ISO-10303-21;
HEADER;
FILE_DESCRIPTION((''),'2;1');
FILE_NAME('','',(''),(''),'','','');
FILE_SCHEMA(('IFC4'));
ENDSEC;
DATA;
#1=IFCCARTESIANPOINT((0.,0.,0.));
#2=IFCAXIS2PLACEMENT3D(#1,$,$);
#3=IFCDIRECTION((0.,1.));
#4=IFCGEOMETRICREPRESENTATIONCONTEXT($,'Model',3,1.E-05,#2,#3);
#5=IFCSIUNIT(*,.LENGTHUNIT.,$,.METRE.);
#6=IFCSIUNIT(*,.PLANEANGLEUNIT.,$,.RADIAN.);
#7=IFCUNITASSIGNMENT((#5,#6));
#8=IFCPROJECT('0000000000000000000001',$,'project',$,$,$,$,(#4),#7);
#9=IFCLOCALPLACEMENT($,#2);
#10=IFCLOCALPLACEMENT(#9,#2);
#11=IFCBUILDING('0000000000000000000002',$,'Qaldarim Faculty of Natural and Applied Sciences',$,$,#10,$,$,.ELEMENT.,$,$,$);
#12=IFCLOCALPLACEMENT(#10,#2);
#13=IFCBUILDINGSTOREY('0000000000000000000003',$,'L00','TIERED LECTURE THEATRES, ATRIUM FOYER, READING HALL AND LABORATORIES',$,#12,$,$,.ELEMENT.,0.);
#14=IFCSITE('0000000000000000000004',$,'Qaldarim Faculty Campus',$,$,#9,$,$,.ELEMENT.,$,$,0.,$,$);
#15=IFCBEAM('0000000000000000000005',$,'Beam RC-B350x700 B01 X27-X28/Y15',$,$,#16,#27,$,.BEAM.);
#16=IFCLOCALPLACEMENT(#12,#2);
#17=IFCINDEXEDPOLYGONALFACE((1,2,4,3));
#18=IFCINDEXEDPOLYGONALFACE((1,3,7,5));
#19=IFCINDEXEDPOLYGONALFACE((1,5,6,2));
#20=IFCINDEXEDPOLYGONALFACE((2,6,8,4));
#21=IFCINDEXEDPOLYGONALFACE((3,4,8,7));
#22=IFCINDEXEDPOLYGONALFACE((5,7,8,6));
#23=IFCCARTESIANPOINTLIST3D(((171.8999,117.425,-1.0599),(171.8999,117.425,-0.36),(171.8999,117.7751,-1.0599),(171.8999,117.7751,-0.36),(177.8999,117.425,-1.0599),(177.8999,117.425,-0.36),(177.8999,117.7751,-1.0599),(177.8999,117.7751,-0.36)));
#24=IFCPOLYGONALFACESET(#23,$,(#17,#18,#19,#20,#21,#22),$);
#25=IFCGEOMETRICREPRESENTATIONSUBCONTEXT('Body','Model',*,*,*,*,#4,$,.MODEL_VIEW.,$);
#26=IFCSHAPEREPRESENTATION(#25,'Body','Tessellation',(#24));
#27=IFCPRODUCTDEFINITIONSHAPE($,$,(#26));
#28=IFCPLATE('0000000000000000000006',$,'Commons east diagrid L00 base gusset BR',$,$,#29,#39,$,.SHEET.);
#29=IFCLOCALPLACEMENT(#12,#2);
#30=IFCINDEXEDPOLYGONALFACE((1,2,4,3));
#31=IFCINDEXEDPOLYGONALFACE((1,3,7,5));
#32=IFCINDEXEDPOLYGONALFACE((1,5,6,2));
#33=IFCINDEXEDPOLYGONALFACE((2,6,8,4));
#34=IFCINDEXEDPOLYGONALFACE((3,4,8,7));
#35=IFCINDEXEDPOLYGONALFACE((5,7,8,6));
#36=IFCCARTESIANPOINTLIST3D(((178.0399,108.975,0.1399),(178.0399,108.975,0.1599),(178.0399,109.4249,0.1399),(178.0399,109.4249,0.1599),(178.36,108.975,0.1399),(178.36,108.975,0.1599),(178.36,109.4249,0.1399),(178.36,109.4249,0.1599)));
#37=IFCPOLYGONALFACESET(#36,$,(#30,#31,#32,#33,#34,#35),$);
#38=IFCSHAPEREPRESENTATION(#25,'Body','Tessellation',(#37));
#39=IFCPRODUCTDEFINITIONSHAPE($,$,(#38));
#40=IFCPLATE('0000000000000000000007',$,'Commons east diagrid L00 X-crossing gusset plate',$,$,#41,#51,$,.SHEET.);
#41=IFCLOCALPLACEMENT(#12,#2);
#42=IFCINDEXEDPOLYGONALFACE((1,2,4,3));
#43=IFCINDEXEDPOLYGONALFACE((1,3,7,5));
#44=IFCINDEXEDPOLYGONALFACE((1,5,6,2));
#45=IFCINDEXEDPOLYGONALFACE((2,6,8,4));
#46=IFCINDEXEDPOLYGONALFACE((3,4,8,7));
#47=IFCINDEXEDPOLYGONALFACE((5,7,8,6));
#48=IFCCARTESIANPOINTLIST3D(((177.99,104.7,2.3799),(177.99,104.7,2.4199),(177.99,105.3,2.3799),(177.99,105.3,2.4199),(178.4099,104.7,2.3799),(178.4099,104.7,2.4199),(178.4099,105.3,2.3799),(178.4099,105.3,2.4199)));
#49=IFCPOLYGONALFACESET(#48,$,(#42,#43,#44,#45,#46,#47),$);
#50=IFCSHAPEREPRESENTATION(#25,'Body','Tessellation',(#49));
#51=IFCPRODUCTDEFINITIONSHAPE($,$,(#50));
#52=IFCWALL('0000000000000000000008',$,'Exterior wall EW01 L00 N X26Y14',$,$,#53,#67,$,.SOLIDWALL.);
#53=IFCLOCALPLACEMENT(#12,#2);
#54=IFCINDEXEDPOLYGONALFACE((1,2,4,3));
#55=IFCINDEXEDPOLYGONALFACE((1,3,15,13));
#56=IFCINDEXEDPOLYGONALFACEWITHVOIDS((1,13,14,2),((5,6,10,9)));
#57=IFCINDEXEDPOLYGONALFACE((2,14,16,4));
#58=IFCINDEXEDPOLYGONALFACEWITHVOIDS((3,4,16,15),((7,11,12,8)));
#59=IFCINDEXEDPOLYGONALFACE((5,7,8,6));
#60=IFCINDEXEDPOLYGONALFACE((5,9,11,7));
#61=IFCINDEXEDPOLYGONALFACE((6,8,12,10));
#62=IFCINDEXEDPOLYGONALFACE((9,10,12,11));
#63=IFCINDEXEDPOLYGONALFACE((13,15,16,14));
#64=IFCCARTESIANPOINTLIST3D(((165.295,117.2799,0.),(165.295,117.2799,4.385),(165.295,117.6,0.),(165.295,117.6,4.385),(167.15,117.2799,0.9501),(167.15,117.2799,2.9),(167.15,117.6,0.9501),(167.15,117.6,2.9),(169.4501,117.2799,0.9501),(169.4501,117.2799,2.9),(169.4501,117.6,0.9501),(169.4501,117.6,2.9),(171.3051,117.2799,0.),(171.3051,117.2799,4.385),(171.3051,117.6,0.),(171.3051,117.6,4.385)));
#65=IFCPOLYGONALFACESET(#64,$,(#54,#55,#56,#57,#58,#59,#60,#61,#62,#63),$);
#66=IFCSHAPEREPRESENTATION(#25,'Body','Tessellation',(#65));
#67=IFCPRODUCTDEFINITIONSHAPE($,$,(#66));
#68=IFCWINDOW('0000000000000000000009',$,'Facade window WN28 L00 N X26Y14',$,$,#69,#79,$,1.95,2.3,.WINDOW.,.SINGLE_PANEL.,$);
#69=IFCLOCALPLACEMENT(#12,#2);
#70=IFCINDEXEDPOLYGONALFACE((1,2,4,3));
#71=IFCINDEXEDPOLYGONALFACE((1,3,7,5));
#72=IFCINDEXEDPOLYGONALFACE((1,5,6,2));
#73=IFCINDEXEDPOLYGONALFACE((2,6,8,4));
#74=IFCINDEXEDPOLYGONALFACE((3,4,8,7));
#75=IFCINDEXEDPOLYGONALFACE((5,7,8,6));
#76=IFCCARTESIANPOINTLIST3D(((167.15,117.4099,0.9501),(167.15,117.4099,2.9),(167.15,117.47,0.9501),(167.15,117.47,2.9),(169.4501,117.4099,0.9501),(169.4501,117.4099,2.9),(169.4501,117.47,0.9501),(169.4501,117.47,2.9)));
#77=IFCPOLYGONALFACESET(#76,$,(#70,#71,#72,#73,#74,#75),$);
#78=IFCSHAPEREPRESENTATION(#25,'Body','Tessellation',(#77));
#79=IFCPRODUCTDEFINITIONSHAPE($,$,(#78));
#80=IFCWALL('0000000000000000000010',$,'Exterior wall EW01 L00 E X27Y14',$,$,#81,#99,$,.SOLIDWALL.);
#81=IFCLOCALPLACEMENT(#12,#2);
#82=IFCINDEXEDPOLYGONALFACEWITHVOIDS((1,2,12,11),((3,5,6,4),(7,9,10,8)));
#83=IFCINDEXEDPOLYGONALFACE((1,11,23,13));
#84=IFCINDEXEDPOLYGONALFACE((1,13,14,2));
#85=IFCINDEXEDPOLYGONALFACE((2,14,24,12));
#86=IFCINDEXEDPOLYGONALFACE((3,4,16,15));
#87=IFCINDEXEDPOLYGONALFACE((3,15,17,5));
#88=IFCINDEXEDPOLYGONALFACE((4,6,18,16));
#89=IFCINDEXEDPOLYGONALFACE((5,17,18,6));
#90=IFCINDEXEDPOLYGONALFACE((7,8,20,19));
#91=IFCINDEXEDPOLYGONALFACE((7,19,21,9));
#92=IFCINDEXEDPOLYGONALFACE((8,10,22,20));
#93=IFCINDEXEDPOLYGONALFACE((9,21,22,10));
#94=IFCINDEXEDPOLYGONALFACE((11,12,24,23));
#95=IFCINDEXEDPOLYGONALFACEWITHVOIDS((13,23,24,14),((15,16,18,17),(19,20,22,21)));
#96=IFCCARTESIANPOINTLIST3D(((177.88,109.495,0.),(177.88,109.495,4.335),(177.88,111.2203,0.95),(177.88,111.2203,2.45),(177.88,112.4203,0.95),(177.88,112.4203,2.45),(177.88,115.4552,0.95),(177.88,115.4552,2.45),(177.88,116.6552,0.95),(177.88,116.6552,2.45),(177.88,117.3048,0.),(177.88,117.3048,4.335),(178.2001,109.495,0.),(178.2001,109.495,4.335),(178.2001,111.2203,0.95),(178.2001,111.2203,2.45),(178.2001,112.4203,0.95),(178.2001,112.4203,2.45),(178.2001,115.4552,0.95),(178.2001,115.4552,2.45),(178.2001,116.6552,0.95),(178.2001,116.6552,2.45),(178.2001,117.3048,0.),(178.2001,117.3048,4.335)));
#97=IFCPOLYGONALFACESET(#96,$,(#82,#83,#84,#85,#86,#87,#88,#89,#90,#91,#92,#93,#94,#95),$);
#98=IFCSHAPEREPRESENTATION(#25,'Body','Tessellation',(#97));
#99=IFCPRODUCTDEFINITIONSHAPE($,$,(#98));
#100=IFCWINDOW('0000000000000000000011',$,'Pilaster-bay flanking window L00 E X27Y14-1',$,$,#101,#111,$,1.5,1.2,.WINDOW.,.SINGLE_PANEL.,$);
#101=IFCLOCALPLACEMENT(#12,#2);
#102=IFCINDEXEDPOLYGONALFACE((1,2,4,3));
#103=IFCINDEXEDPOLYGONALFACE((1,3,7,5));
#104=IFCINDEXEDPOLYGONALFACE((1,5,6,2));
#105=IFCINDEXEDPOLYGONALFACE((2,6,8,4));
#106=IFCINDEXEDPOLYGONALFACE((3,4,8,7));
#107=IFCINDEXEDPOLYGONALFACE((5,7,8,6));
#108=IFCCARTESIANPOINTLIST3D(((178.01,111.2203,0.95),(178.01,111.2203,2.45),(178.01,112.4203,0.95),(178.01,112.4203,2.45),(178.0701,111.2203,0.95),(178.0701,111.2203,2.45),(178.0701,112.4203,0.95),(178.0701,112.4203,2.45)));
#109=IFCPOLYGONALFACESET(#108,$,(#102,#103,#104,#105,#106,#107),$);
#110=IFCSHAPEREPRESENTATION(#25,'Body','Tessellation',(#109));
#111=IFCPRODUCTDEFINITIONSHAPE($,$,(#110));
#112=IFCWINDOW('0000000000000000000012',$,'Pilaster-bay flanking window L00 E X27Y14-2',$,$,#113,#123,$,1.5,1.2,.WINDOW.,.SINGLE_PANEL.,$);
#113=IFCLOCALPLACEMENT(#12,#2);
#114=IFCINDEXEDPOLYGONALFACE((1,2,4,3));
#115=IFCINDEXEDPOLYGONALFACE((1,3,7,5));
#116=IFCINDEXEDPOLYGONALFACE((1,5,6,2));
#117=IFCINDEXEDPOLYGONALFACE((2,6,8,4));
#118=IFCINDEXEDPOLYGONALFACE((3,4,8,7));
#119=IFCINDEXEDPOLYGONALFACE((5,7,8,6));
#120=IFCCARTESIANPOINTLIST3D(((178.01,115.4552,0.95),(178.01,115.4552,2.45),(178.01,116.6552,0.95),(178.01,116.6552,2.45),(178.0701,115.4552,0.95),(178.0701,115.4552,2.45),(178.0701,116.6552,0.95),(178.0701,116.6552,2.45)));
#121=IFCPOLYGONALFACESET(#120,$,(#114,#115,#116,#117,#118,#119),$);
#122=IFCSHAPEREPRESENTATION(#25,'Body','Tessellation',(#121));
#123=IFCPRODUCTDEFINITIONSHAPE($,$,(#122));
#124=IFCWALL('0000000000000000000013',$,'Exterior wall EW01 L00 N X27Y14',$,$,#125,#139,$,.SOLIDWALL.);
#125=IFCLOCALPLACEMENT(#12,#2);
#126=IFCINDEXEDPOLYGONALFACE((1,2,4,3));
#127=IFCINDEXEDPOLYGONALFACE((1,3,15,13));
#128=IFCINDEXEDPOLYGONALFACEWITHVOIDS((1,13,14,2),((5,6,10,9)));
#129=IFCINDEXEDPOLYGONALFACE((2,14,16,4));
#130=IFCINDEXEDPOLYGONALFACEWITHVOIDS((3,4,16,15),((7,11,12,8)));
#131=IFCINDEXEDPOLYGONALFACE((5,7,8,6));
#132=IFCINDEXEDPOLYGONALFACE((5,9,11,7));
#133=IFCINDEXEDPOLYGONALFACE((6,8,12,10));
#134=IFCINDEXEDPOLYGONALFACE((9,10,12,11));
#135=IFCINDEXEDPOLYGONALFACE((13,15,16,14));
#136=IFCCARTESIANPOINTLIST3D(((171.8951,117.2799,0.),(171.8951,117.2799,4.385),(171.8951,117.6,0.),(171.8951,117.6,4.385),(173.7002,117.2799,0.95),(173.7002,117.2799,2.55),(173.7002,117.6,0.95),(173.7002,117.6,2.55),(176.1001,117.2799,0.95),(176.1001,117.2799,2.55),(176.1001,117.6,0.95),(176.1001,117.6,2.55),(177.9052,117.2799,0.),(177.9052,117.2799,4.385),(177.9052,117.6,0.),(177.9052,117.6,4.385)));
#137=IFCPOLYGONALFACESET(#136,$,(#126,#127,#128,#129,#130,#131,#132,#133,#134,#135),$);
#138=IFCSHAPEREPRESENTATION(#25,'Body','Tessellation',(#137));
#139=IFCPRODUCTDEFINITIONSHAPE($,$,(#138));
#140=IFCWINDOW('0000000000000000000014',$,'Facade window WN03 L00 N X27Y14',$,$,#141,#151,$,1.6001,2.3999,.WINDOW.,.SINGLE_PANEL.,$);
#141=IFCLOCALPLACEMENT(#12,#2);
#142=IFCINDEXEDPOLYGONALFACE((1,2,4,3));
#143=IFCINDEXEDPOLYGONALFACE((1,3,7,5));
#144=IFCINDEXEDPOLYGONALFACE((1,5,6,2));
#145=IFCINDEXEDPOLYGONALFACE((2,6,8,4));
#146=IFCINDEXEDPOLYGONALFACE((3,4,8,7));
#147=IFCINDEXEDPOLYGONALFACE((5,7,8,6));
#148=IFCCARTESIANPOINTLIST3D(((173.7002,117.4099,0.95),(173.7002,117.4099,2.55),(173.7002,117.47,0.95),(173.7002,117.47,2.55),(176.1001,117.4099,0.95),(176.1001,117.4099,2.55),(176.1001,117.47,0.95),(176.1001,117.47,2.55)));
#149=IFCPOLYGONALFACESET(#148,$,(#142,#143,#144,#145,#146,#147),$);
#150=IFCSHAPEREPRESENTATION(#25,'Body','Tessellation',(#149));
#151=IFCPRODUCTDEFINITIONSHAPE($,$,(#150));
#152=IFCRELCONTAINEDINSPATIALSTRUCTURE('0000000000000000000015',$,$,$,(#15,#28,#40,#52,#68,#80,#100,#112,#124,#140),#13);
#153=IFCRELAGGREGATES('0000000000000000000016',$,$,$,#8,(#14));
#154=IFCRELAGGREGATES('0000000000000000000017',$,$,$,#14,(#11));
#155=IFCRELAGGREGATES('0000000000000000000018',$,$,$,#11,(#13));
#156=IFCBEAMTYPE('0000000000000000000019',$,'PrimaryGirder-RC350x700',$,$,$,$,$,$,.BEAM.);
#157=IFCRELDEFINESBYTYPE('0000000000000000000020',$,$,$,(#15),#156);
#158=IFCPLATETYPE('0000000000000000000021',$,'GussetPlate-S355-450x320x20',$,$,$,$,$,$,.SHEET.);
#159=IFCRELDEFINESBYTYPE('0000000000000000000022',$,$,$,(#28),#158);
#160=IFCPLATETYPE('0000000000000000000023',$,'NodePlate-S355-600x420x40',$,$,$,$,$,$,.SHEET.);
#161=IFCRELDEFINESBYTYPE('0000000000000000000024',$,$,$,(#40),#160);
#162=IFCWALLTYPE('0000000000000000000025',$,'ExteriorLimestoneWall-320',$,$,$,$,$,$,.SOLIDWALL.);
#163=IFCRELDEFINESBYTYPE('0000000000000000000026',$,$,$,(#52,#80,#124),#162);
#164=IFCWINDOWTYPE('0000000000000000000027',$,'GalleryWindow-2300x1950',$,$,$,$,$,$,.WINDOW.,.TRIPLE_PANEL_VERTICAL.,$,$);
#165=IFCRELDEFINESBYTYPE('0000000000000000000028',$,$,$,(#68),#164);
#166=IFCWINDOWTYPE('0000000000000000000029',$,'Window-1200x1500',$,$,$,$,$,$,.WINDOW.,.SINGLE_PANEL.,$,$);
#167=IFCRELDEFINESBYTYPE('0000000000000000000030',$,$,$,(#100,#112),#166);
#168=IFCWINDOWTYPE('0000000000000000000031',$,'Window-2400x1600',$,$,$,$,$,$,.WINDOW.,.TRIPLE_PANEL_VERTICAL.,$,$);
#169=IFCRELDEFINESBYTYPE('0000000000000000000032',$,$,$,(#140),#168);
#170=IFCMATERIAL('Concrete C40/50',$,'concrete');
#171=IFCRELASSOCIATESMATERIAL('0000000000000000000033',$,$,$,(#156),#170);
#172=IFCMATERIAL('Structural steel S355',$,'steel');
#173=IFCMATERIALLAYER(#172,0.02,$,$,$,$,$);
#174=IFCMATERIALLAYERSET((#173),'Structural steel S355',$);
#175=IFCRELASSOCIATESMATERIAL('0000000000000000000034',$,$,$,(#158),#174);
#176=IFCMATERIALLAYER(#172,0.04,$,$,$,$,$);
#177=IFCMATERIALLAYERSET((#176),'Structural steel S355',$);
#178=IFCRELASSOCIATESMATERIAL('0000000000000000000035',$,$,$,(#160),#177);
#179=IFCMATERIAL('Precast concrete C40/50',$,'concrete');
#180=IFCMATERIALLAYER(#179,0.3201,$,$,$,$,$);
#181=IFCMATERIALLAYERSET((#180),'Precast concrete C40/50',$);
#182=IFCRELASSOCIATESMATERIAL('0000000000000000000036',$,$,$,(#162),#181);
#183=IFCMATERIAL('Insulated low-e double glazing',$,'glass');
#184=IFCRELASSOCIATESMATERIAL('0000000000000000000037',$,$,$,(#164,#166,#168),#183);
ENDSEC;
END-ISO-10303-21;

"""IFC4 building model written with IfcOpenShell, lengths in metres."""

from ifc_helpers import new_model, si_unit, direction, frame, frame_2d, origin, origin_2d, place, context, subcontext, project, spatial, rectangle, extrude, material, layer, layer_set, material_profile, profile_set, type_object, element, fill, save


model = new_model("IFC4")

# Units and contexts
model_context = context("Model", 3, precision=1e-05, world=origin(), true_north=direction((0.0, 1.0)))
body_context = subcontext(model_context, "Body", "Model", "MODEL_VIEW")
ifc_project = project(units=[si_unit("LENGTHUNIT", "METRE"), si_unit("PLANEANGLEUNIT", "RADIAN")], contexts=[model_context])

# Site, building, storey
site_placement = place(None, origin())
site = spatial("IfcSite", under=ifc_project, at=site_placement, Name="Qaldarim Faculty Campus", CompositionType="ELEMENT", RefElevation=0.0)
building_placement = place(site_placement, origin())
building = spatial("IfcBuilding", under=site, at=building_placement, Name="Qaldarim Faculty of Natural and Applied Sciences", CompositionType="ELEMENT")
storey_placement = place(building_placement, origin())
storey = spatial("IfcBuildingStorey", under=building, at=storey_placement, Name="L00", Description="TIERED LECTURE THEATRES, ATRIUM FOYER, READING HALL AND LABORATORIES", CompositionType="ELEMENT", Elevation=0.0)

# Shared definitions
ifc_material_1 = material(Name="Concrete C40/50", Category="concrete")

# Shared definitions
ifc_material_2 = material(Name="Structural steel S355", Category="steel")

# Beam
ifc_material_profile_1 = material_profile(ifc_material_1, rectangle(XDim=0.3501, YDim=0.7, at=origin_2d()), Name="RC-B350x700")
ifc_profile_set_1 = profile_set([ifc_material_profile_1], Name="Concrete C40/50")
beam_type_1 = type_object("IfcBeamType", Name="PrimaryGirder-RC350x700", PredefinedType="BEAM", material=ifc_profile_set_1)
beam_1_placement = place(storey_placement, frame((171.8999, 117.6001, -0.71), z_axis=(1.0, 0.0, 0.0), x_axis=(0.0, 1.0, 0.0)))
element("IfcBeam", 1, at=beam_1_placement, inside=storey, type_object=beam_type_1, Name="Beam RC-B350x700 B01 X27-X28/Y15", PredefinedType="BEAM", context=body_context, shape_type="SweptSolid", body=[
    extrude(rectangle(XDim=0.3501, YDim=0.7, at=origin_2d()), origin(), (0.0, 0.0, 1.0), 6.0),
])

# Plates
ifc_layer_1 = layer(ifc_material_2, 0.02)
ifc_layer_set_1 = layer_set([ifc_layer_1], Name="Structural steel S355")
plate_type_1 = type_object("IfcPlateType", Name="GussetPlate-S355-450x320x20", PredefinedType="SHEET", material=ifc_layer_set_1)
plate_1_placement = place(storey_placement, frame((178.2, 109.2, 0.1399), z_axis=(0.0, 0.0, 1.0), x_axis=(0.0, 1.0, 0.0)))
element("IfcPlate", 2, at=plate_1_placement, inside=storey, type_object=plate_type_1, Name="Commons east diagrid L00 base gusset BR", PredefinedType="SHEET", context=body_context, shape_type="SweptSolid", body=[
    extrude(rectangle(XDim=0.45, YDim=0.3201, at=origin_2d()), origin(), (0.0, 0.0, 1.0), 0.02),
])
ifc_layer_2 = layer(ifc_material_2, 0.04)
ifc_layer_set_2 = layer_set([ifc_layer_2], Name="Structural steel S355")
plate_type_2 = type_object("IfcPlateType", Name="NodePlate-S355-600x420x40", PredefinedType="SHEET", material=ifc_layer_set_2)
plate_2_placement = place(storey_placement, frame((178.2, 105.0, 2.3799), z_axis=(0.0, 0.0, 1.0), x_axis=(0.0, 1.0, 0.0)))
element("IfcPlate", 3, at=plate_2_placement, inside=storey, type_object=plate_type_2, Name="Commons east diagrid L00 X-crossing gusset plate", PredefinedType="SHEET", context=body_context, shape_type="SweptSolid", body=[
    extrude(rectangle(XDim=0.6001, YDim=0.4199, at=origin_2d()), origin(), (0.0, 0.0, 1.0), 0.04),
])

# Wall, opening, window
ifc_material_3 = material(Name="Precast concrete C40/50", Category="concrete")
ifc_layer_3 = layer(ifc_material_3, 0.3201)
ifc_layer_set_3 = layer_set([ifc_layer_3], Name="Precast concrete C40/50")
wall_type = type_object("IfcWallType", Name="ExteriorLimestoneWall-320", PredefinedType="SOLIDWALL", material=ifc_layer_set_3)
wall_1_placement = place(storey_placement, frame((171.3049, 117.4399, 0.0), z_axis=(0.0, 0.0, 1.0), x_axis=(-1.0, 0.0, 0.0)))
wall_1 = element("IfcWall", 4, at=wall_1_placement, inside=storey, type_object=wall_type, Name="Exterior wall EW01 L00 N X26Y14", PredefinedType="SOLIDWALL", context=body_context, shape_type="SweptSolid", body=[
    extrude(rectangle(XDim=6.01, YDim=0.3201, at=frame_2d((3.0049, 0.0))), origin(), (0.0, 0.0, 1.0), 4.385),
])
opening_1_placement = place(wall_1_placement, frame((1.855, 0.0, 0.95)))
opening_1 = element("IfcOpeningElement", 5, at=opening_1_placement, cuts=wall_1, PredefinedType="OPENING", context=body_context, shape_type="SweptSolid", body=[
    extrude(rectangle(XDim=2.3, YDim=1.95, at=frame_2d((1.1499, 0.9751))), frame((0.0, 0.1699, 0.0), z_axis=(0.0, -1.0, 0.0), x_axis=(1.0, 0.0, 0.0)), (0.0, 0.0, 1.0), 0.3401),
])
ifc_material_4 = material(Name="Insulated low-e double glazing", Category="glass")
window_type_1 = type_object("IfcWindowType", Name="GalleryWindow-2300x1950", PartitioningType="TRIPLE_PANEL_VERTICAL", PredefinedType="WINDOW", material=ifc_material_4)
window_1_placement = place(opening_1_placement, origin())
window_1 = element("IfcWindow", 6, at=window_1_placement, inside=storey, type_object=window_type_1, Name="Facade window WN28 L00 N X26Y14", OverallHeight=1.95, OverallWidth=2.3, PartitioningType="SINGLE_PANEL", PredefinedType="WINDOW", context=body_context, shape_type="SweptSolid", body=[
    extrude(rectangle(XDim=2.3, YDim=1.95, at=frame_2d((1.1499, 0.9751))), frame((0.0, 0.03, 0.0), z_axis=(0.0, -1.0, 0.0), x_axis=(1.0, 0.0, 0.0)), (0.0, 0.0, 1.0), 0.0601),
])
fill(opening_1, window_1)

# Wall, openings, windows
wall_2_placement = place(storey_placement, frame((178.04, 109.4951, 0.0), z_axis=(0.0, 0.0, 1.0), x_axis=(0.0, 1.0, 0.0)))
wall_2 = element("IfcWall", 7, at=wall_2_placement, inside=storey, type_object=wall_type, Name="Exterior wall EW01 L00 E X27Y14", PredefinedType="SOLIDWALL", context=body_context, shape_type="SweptSolid", body=[
    extrude(rectangle(XDim=7.8098, YDim=0.3201, at=frame_2d((3.9048, 0.0))), origin(), (0.0, 0.0, 1.0), 4.335),
])
opening_2_placement = place(wall_2_placement, frame((1.7251, 0.0, 0.95)))
opening_2 = element("IfcOpeningElement", 8, at=opening_2_placement, cuts=wall_2, PredefinedType="OPENING", context=body_context, shape_type="SweptSolid", body=[
    extrude(rectangle(XDim=1.2, YDim=1.5, at=frame_2d((0.6001, 0.75))), frame((0.0, 0.1699, 0.0), z_axis=(0.0, -1.0, 0.0), x_axis=(1.0, 0.0, 0.0)), (0.0, 0.0, 1.0), 0.3401),
])
opening_3_placement = place(wall_2_placement, frame((5.96, 0.0, 0.95)))
opening_3 = element("IfcOpeningElement", 9, at=opening_3_placement, cuts=wall_2, PredefinedType="OPENING", context=body_context, shape_type="SweptSolid", body=[
    extrude(rectangle(XDim=1.2, YDim=1.5, at=frame_2d((0.6001, 0.75))), frame((0.0, 0.1699, 0.0), z_axis=(0.0, -1.0, 0.0), x_axis=(1.0, 0.0, 0.0)), (0.0, 0.0, 1.0), 0.3401),
])
window_type_2 = type_object("IfcWindowType", Name="Window-1200x1500", PartitioningType="SINGLE_PANEL", PredefinedType="WINDOW", material=ifc_material_4)
window_2_placement = place(opening_2_placement, origin())
window_2 = element("IfcWindow", 10, at=window_2_placement, inside=storey, type_object=window_type_2, Name="Pilaster-bay flanking window L00 E X27Y14-1", OverallHeight=1.5, OverallWidth=1.2, PartitioningType="SINGLE_PANEL", PredefinedType="WINDOW", context=body_context, shape_type="SweptSolid", body=[
    extrude(rectangle(XDim=1.2, YDim=1.5, at=frame_2d((0.6001, 0.75))), frame((0.0, 0.03, 0.0), z_axis=(0.0, -1.0, 0.0), x_axis=(1.0, 0.0, 0.0)), (0.0, 0.0, 1.0), 0.0601),
])
fill(opening_2, window_2)
window_3_placement = place(opening_3_placement, origin())
window_3 = element("IfcWindow", 11, at=window_3_placement, inside=storey, type_object=window_type_2, Name="Pilaster-bay flanking window L00 E X27Y14-2", OverallHeight=1.5, OverallWidth=1.2, PartitioningType="SINGLE_PANEL", PredefinedType="WINDOW", context=body_context, shape_type="SweptSolid", body=[
    extrude(rectangle(XDim=1.2, YDim=1.5, at=frame_2d((0.6001, 0.75))), frame((0.0, 0.03, 0.0), z_axis=(0.0, -1.0, 0.0), x_axis=(1.0, 0.0, 0.0)), (0.0, 0.0, 1.0), 0.0601),
])
fill(opening_3, window_3)

# Wall, opening, window
wall_3_placement = place(storey_placement, frame((177.905, 117.4399, 0.0), z_axis=(0.0, 0.0, 1.0), x_axis=(-1.0, 0.0, 0.0)))
wall_3 = element("IfcWall", 12, at=wall_3_placement, inside=storey, type_object=wall_type, Name="Exterior wall EW01 L00 N X27Y14", PredefinedType="SOLIDWALL", context=body_context, shape_type="SweptSolid", body=[
    extrude(rectangle(XDim=6.01, YDim=0.3201, at=frame_2d((3.0049, 0.0))), origin(), (0.0, 0.0, 1.0), 4.385),
])
opening_4_placement = place(wall_3_placement, frame((1.8049, 0.0, 0.95)))
opening_4 = element("IfcOpeningElement", 13, at=opening_4_placement, cuts=wall_3, PredefinedType="OPENING", context=body_context, shape_type="SweptSolid", body=[
    extrude(rectangle(XDim=2.3999, YDim=1.6001, at=frame_2d((1.2, 0.8))), frame((0.0, 0.1699, 0.0), z_axis=(0.0, -1.0, 0.0), x_axis=(1.0, 0.0, 0.0)), (0.0, 0.0, 1.0), 0.3401),
])
window_type_3 = type_object("IfcWindowType", Name="Window-2400x1600", PartitioningType="TRIPLE_PANEL_VERTICAL", PredefinedType="WINDOW", material=ifc_material_4)
window_4_placement = place(opening_4_placement, origin())
window_4 = element("IfcWindow", 14, at=window_4_placement, inside=storey, type_object=window_type_3, Name="Facade window WN03 L00 N X27Y14", OverallHeight=1.6001, OverallWidth=2.3999, PartitioningType="SINGLE_PANEL", PredefinedType="WINDOW", context=body_context, shape_type="SweptSolid", body=[
    extrude(rectangle(XDim=2.3999, YDim=1.6001, at=frame_2d((1.2, 0.8))), frame((0.0, 0.03, 0.0), z_axis=(0.0, -1.0, 0.0), x_axis=(1.0, 0.0, 0.0)), (0.0, 0.0, 1.0), 0.0601),
])
fill(opening_4, window_4)

save(model, "model.ifc")
